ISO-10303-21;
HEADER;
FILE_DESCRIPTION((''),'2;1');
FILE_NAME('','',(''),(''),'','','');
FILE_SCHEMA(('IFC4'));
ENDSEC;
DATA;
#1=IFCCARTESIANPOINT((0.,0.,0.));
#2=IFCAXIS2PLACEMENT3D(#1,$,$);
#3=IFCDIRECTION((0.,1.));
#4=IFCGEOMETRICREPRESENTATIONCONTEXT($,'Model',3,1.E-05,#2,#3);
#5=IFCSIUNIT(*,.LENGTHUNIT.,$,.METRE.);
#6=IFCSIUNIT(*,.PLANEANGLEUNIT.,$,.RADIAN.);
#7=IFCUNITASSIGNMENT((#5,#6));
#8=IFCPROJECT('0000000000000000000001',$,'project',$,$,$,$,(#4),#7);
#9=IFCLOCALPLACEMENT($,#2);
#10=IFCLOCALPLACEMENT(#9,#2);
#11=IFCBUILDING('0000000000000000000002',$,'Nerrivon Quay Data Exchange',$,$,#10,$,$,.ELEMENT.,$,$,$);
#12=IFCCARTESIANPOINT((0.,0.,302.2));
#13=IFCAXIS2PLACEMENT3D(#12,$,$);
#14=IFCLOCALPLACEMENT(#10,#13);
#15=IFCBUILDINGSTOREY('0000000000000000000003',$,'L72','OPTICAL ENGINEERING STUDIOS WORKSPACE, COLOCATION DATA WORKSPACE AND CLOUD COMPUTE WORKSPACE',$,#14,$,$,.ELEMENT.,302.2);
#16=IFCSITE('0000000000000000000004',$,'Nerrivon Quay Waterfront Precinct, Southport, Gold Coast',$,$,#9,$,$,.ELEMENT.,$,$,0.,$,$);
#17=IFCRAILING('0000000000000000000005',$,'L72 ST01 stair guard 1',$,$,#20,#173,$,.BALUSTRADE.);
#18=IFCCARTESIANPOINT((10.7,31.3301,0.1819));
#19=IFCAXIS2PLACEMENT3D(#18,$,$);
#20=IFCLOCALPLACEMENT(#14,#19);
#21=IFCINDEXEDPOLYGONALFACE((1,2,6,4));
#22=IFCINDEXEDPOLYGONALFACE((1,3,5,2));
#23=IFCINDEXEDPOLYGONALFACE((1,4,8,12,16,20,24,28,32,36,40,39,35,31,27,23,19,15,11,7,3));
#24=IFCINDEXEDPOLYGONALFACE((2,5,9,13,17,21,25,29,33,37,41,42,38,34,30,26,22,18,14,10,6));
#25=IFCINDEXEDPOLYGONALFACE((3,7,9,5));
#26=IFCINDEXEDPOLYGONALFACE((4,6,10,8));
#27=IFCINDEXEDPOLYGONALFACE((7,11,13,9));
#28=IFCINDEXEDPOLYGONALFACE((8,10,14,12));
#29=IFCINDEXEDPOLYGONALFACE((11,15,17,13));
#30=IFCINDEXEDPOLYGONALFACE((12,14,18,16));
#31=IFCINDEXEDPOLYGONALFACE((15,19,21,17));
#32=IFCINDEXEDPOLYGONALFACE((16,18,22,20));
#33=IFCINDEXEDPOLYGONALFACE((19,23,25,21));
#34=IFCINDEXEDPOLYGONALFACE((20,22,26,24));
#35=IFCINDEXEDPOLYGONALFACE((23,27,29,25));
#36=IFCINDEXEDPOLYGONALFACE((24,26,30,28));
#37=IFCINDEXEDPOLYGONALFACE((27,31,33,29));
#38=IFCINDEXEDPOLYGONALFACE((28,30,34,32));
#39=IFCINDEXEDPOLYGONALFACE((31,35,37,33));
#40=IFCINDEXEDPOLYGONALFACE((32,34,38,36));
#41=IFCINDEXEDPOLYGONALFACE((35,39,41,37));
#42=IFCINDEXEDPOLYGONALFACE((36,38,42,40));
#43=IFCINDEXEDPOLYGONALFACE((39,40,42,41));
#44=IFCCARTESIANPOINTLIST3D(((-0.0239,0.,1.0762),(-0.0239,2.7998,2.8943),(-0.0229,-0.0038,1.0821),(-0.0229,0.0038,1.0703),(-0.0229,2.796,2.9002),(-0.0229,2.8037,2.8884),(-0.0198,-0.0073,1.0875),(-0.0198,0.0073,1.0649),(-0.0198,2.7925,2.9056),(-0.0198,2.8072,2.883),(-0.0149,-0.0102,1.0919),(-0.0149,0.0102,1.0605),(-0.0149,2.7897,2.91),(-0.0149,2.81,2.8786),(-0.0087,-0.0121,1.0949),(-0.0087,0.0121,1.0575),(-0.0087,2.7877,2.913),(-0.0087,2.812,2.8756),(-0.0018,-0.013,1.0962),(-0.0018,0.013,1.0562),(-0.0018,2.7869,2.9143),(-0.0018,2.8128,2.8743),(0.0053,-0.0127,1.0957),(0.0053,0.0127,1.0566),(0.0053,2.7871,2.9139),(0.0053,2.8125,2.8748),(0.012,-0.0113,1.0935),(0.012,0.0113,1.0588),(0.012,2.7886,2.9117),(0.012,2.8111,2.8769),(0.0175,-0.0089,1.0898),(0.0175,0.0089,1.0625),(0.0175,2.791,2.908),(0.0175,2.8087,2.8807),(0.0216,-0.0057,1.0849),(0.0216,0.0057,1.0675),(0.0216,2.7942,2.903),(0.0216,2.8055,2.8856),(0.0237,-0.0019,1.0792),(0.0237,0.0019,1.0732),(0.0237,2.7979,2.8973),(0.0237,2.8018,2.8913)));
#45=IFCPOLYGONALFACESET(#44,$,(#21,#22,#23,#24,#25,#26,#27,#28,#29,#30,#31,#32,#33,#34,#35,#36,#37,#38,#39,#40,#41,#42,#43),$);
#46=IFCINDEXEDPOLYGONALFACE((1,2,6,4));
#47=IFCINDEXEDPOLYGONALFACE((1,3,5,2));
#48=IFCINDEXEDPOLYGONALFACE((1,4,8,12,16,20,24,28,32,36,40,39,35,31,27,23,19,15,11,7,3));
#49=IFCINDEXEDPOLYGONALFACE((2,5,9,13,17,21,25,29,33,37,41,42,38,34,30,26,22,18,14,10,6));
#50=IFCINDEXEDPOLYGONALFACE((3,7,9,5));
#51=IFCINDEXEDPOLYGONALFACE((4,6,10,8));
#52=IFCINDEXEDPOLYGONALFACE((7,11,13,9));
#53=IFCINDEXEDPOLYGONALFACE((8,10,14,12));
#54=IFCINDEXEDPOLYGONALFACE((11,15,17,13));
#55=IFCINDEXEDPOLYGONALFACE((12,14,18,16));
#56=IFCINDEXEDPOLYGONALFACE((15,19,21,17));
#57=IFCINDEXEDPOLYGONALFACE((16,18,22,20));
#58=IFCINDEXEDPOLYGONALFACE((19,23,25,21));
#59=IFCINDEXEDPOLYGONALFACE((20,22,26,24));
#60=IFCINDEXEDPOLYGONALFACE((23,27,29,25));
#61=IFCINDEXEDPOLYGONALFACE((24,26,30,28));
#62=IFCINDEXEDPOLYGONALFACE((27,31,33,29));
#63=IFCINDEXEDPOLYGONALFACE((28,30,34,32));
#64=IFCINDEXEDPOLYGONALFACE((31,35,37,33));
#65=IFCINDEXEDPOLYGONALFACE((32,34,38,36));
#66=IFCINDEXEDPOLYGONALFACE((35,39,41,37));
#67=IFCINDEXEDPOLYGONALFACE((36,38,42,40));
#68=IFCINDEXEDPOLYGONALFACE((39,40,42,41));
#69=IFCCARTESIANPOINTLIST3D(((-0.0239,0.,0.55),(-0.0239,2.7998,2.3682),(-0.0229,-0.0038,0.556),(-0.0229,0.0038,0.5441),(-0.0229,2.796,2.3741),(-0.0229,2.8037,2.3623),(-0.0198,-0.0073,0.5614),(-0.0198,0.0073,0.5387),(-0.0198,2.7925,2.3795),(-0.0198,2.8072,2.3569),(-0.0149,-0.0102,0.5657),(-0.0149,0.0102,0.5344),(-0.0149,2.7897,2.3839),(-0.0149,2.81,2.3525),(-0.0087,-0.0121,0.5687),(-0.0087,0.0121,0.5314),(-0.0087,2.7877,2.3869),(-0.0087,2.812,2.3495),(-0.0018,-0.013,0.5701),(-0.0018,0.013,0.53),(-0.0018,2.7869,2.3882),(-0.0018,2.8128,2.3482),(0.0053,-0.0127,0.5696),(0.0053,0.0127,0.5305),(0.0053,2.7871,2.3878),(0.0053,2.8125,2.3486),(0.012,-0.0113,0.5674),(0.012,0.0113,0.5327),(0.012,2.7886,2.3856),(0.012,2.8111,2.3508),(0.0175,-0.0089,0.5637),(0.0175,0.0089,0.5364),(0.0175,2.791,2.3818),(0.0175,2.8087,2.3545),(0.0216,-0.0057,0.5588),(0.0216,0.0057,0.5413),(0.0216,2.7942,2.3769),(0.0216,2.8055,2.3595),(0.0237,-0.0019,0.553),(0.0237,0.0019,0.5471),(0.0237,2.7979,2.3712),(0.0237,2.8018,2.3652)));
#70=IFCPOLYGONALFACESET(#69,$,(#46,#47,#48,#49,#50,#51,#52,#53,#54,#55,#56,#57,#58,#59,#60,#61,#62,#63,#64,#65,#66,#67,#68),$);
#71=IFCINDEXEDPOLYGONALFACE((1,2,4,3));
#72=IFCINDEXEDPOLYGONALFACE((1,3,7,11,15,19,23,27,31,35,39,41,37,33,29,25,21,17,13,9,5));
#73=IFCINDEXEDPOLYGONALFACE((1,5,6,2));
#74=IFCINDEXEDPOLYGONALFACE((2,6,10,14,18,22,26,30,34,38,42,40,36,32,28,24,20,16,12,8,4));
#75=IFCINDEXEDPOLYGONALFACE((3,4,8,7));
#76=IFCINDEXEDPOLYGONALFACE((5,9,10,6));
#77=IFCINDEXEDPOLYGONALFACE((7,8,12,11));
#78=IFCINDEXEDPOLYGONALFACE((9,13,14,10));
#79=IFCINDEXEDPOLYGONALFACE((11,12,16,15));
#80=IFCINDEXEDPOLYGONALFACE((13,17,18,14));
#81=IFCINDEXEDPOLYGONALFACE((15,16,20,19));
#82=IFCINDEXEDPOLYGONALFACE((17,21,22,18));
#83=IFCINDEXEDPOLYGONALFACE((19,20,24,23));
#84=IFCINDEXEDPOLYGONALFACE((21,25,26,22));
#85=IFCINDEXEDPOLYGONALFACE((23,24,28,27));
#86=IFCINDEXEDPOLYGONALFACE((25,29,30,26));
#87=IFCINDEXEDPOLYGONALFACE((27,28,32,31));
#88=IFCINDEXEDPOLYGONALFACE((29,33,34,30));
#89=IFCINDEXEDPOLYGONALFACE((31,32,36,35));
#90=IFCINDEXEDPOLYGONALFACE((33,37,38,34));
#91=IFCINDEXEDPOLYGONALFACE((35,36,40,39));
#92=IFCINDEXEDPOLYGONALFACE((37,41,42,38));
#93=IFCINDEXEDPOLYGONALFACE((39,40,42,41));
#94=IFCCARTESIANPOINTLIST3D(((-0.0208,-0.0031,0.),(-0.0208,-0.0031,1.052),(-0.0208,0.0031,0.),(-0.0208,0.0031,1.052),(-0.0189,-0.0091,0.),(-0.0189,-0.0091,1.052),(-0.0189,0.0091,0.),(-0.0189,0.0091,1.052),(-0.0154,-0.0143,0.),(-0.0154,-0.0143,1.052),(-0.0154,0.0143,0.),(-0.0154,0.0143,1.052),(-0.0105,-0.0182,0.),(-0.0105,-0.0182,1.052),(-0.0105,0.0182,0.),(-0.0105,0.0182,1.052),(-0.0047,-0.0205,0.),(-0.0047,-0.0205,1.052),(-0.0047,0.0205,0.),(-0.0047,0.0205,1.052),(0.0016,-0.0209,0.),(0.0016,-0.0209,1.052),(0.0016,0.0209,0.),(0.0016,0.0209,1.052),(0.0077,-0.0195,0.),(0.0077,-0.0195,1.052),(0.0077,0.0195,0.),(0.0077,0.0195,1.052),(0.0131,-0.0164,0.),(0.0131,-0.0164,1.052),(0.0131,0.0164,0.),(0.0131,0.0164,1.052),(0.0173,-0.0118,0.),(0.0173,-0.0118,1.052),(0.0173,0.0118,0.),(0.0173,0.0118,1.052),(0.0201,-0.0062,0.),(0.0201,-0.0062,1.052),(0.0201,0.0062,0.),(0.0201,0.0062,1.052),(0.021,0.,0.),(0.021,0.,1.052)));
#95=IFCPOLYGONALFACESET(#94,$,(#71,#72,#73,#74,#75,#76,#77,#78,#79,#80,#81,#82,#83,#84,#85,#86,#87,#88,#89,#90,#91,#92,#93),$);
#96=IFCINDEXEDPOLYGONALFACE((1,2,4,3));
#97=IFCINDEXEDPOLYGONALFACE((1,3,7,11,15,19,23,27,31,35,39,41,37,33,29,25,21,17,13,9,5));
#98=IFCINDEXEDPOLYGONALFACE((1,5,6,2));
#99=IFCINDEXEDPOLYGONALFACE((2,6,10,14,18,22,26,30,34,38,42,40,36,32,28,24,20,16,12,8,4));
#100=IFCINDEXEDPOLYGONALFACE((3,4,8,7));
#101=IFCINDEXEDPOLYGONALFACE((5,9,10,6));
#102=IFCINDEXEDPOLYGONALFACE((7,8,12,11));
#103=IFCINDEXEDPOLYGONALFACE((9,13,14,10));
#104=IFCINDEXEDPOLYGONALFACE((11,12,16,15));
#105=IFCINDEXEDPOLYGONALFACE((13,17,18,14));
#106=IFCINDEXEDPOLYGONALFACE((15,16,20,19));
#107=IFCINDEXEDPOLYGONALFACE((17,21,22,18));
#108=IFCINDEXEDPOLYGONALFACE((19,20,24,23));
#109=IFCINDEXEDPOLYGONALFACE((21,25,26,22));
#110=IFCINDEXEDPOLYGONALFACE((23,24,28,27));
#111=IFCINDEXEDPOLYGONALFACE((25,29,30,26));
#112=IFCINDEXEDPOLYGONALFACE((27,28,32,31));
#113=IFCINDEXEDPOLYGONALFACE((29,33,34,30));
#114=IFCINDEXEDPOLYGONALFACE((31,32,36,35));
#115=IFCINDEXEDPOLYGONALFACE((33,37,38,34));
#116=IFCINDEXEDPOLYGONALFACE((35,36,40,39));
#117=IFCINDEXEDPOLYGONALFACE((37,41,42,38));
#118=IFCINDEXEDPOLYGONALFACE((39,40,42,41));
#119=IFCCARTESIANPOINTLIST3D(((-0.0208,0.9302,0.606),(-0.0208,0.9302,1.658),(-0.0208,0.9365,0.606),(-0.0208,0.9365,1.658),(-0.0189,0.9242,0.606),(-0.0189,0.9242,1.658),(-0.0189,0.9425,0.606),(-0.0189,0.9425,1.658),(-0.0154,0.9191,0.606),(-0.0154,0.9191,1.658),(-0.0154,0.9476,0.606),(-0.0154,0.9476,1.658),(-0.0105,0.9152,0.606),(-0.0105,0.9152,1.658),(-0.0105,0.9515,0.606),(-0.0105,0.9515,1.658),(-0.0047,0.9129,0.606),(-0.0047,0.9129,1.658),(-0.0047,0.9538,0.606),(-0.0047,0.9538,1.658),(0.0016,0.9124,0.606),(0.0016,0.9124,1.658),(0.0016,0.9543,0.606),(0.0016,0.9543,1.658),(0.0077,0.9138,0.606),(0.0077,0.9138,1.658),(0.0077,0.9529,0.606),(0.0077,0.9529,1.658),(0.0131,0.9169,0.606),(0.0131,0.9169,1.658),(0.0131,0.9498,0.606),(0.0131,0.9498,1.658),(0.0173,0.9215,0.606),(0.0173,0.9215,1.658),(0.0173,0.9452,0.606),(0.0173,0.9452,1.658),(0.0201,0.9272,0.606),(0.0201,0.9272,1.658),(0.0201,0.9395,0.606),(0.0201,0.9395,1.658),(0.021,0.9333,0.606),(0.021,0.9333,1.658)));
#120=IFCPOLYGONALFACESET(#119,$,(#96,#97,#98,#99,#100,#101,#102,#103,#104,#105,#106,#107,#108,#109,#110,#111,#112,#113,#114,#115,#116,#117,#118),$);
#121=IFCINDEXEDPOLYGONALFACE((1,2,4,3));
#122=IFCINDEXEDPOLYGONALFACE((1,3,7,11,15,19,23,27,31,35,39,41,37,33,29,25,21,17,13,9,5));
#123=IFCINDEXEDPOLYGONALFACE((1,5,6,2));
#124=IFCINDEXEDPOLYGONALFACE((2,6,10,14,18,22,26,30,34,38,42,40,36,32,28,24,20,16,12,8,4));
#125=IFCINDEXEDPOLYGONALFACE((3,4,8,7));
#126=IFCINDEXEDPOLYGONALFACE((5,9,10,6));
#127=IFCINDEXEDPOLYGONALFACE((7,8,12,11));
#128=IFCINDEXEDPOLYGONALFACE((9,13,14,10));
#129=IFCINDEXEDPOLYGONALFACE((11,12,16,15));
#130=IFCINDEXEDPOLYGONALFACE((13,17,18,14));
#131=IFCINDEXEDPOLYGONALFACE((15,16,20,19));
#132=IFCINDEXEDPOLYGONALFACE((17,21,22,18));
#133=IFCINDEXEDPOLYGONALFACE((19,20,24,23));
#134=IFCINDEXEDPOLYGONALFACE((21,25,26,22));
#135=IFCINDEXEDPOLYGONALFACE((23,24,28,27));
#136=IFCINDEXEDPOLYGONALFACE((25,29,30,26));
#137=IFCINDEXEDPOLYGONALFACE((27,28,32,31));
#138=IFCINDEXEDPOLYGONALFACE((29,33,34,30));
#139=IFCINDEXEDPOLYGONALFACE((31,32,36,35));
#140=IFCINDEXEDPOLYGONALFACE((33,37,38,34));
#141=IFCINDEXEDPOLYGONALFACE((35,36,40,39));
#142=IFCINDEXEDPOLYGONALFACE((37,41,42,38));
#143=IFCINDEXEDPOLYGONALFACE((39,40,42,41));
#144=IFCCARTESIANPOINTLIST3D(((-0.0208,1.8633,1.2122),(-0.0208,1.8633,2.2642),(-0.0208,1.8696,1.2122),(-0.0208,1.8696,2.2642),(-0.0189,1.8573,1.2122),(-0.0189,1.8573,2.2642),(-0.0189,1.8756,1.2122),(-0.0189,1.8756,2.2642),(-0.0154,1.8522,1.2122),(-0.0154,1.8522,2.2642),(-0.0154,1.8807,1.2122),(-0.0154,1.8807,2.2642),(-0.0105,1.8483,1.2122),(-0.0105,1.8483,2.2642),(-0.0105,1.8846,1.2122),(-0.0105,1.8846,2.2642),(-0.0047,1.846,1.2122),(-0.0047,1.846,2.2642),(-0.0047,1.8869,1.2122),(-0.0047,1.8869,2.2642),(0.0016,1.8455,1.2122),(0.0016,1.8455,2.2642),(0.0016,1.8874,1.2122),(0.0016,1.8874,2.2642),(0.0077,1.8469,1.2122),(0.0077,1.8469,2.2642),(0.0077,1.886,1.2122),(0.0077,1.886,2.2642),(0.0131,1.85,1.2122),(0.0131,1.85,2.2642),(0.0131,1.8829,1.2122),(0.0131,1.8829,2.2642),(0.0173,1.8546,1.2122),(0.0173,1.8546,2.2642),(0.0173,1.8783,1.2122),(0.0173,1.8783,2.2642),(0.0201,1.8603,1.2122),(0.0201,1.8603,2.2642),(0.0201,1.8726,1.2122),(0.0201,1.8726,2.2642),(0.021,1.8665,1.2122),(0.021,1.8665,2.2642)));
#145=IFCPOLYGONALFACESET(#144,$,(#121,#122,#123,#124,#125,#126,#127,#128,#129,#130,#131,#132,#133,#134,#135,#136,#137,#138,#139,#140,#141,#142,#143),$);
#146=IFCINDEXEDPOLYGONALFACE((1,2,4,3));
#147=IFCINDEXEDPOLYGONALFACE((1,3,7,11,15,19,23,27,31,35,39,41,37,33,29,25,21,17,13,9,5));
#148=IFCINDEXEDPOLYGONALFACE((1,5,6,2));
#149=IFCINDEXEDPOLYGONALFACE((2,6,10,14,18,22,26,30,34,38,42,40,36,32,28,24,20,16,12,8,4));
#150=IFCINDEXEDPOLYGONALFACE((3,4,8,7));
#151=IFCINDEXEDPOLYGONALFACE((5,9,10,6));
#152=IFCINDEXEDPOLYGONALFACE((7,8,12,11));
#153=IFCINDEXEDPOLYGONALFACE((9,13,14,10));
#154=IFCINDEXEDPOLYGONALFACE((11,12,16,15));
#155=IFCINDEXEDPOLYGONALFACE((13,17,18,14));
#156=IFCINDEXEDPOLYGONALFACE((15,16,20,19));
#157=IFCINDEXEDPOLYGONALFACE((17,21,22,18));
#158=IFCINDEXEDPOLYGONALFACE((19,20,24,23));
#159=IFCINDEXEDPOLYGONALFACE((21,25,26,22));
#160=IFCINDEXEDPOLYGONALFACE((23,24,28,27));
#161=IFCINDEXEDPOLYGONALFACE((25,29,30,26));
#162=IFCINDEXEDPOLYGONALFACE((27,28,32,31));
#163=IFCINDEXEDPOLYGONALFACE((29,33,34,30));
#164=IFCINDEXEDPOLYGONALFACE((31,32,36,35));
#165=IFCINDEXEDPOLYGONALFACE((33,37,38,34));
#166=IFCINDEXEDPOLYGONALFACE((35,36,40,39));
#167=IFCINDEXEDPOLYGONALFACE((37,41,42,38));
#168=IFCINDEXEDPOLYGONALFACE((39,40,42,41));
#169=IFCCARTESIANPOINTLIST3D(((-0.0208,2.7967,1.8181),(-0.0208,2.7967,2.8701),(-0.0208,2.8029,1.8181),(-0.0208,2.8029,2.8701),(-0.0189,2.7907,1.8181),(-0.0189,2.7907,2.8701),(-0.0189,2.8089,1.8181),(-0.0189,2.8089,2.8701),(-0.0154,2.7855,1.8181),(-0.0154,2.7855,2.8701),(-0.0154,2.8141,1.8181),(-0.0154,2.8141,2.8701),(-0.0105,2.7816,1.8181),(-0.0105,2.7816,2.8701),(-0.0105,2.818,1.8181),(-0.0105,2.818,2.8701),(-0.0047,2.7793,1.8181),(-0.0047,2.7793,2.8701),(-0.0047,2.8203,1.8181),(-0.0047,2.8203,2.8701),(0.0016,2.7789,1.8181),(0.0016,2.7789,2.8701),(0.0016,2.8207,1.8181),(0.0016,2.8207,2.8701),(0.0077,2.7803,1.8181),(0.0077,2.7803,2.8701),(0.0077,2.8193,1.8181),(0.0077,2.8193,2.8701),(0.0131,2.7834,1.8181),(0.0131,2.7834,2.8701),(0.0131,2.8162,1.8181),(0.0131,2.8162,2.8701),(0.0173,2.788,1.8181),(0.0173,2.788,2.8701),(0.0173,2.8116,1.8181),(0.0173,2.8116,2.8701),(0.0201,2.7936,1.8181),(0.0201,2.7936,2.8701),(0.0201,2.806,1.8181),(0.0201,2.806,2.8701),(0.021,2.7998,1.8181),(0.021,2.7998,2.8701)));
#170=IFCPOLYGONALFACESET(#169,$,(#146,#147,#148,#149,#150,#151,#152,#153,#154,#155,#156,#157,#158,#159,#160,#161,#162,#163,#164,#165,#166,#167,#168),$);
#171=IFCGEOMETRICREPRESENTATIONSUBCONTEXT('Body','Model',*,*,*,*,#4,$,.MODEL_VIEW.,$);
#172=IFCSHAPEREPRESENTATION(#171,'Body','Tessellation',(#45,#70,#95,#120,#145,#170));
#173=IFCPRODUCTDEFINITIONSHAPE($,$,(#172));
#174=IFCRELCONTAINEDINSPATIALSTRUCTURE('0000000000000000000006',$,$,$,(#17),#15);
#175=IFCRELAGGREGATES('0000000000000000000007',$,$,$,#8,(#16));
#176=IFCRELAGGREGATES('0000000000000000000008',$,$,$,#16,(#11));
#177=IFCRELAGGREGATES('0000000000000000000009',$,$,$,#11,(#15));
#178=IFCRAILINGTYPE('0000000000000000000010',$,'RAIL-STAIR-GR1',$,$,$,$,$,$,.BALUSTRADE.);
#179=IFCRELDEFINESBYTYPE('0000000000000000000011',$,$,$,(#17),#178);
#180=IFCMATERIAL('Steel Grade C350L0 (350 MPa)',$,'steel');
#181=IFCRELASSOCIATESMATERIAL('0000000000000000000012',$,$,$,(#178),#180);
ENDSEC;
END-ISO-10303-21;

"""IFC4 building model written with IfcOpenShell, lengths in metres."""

from ifc_helpers import new_model, si_unit, direction, frame, origin, origin_2d, place, context, subcontext, project, spatial, circle, extrude, material, type_object, element, save


model = new_model("IFC4")

# Units and contexts
model_context = context("Model", 3, precision=1e-05, world=origin(), true_north=direction((0.0, 1.0)))
body_context = subcontext(model_context, "Body", "Model", "MODEL_VIEW")
ifc_project = project(units=[si_unit("LENGTHUNIT", "METRE"), si_unit("PLANEANGLEUNIT", "RADIAN")], contexts=[model_context])

# Site, building, storey
site_placement = place(None, origin())
site = spatial("IfcSite", under=ifc_project, at=site_placement, Name="Nerrivon Quay Waterfront Precinct, Southport, Gold Coast", CompositionType="ELEMENT", RefElevation=0.0)
building_placement = place(site_placement, origin())
building = spatial("IfcBuilding", under=site, at=building_placement, Name="Nerrivon Quay Data Exchange", CompositionType="ELEMENT")
storey_placement = place(building_placement, frame((0.0, 0.0, 302.2)))
storey = spatial("IfcBuildingStorey", under=building, at=storey_placement, Name="L72", Description="OPTICAL ENGINEERING STUDIOS WORKSPACE, COLOCATION DATA WORKSPACE AND CLOUD COMPUTE WORKSPACE", CompositionType="ELEMENT", Elevation=302.2)

# Shared definitions
ifc_material_1 = material(Name="Steel Grade C350L0 (350 MPa)", Category="steel")

# Railing
railing_type = type_object("IfcRailingType", Name="RAIL-STAIR-GR1", PredefinedType="BALUSTRADE", material=ifc_material_1)
railing_1_placement = place(storey_placement, frame((10.7, 31.3301, 0.1819)))
element("IfcRailing", 1, at=railing_1_placement, inside=storey, type_object=railing_type, Name="L72 ST01 stair guard 1", PredefinedType="BALUSTRADE", context=body_context, shape_type="SweptSolid", body=[
    extrude(circle(Radius=0.0239, at=origin_2d()), frame((0.0, 0.0, 1.0762), z_axis=(0.0, 0.838684, 0.544618), x_axis=(-1.0, 0.0, 0.0)), (0.0, 0.0, 1.0), 3.3384),
    extrude(circle(Radius=0.0239, at=origin_2d()), frame((0.0, 0.0, 0.55), z_axis=(0.0, 0.838684, 0.544618), x_axis=(-1.0, 0.0, 0.0)), (0.0, 0.0, 1.0), 3.3384),
    extrude(circle(Radius=0.021, at=origin_2d()), origin(), (0.0, 0.0, 1.0), 1.052),
    extrude(circle(Radius=0.021, at=origin_2d()), frame((0.0, 0.9333, 0.606)), (0.0, 0.0, 1.0), 1.052),
    extrude(circle(Radius=0.021, at=origin_2d()), frame((0.0, 1.8665, 1.2122)), (0.0, 0.0, 1.0), 1.052),
    extrude(circle(Radius=0.021, at=origin_2d()), frame((0.0, 2.7998, 1.8181)), (0.0, 0.0, 1.0), 1.052),
])

save(model, "model.ifc")
